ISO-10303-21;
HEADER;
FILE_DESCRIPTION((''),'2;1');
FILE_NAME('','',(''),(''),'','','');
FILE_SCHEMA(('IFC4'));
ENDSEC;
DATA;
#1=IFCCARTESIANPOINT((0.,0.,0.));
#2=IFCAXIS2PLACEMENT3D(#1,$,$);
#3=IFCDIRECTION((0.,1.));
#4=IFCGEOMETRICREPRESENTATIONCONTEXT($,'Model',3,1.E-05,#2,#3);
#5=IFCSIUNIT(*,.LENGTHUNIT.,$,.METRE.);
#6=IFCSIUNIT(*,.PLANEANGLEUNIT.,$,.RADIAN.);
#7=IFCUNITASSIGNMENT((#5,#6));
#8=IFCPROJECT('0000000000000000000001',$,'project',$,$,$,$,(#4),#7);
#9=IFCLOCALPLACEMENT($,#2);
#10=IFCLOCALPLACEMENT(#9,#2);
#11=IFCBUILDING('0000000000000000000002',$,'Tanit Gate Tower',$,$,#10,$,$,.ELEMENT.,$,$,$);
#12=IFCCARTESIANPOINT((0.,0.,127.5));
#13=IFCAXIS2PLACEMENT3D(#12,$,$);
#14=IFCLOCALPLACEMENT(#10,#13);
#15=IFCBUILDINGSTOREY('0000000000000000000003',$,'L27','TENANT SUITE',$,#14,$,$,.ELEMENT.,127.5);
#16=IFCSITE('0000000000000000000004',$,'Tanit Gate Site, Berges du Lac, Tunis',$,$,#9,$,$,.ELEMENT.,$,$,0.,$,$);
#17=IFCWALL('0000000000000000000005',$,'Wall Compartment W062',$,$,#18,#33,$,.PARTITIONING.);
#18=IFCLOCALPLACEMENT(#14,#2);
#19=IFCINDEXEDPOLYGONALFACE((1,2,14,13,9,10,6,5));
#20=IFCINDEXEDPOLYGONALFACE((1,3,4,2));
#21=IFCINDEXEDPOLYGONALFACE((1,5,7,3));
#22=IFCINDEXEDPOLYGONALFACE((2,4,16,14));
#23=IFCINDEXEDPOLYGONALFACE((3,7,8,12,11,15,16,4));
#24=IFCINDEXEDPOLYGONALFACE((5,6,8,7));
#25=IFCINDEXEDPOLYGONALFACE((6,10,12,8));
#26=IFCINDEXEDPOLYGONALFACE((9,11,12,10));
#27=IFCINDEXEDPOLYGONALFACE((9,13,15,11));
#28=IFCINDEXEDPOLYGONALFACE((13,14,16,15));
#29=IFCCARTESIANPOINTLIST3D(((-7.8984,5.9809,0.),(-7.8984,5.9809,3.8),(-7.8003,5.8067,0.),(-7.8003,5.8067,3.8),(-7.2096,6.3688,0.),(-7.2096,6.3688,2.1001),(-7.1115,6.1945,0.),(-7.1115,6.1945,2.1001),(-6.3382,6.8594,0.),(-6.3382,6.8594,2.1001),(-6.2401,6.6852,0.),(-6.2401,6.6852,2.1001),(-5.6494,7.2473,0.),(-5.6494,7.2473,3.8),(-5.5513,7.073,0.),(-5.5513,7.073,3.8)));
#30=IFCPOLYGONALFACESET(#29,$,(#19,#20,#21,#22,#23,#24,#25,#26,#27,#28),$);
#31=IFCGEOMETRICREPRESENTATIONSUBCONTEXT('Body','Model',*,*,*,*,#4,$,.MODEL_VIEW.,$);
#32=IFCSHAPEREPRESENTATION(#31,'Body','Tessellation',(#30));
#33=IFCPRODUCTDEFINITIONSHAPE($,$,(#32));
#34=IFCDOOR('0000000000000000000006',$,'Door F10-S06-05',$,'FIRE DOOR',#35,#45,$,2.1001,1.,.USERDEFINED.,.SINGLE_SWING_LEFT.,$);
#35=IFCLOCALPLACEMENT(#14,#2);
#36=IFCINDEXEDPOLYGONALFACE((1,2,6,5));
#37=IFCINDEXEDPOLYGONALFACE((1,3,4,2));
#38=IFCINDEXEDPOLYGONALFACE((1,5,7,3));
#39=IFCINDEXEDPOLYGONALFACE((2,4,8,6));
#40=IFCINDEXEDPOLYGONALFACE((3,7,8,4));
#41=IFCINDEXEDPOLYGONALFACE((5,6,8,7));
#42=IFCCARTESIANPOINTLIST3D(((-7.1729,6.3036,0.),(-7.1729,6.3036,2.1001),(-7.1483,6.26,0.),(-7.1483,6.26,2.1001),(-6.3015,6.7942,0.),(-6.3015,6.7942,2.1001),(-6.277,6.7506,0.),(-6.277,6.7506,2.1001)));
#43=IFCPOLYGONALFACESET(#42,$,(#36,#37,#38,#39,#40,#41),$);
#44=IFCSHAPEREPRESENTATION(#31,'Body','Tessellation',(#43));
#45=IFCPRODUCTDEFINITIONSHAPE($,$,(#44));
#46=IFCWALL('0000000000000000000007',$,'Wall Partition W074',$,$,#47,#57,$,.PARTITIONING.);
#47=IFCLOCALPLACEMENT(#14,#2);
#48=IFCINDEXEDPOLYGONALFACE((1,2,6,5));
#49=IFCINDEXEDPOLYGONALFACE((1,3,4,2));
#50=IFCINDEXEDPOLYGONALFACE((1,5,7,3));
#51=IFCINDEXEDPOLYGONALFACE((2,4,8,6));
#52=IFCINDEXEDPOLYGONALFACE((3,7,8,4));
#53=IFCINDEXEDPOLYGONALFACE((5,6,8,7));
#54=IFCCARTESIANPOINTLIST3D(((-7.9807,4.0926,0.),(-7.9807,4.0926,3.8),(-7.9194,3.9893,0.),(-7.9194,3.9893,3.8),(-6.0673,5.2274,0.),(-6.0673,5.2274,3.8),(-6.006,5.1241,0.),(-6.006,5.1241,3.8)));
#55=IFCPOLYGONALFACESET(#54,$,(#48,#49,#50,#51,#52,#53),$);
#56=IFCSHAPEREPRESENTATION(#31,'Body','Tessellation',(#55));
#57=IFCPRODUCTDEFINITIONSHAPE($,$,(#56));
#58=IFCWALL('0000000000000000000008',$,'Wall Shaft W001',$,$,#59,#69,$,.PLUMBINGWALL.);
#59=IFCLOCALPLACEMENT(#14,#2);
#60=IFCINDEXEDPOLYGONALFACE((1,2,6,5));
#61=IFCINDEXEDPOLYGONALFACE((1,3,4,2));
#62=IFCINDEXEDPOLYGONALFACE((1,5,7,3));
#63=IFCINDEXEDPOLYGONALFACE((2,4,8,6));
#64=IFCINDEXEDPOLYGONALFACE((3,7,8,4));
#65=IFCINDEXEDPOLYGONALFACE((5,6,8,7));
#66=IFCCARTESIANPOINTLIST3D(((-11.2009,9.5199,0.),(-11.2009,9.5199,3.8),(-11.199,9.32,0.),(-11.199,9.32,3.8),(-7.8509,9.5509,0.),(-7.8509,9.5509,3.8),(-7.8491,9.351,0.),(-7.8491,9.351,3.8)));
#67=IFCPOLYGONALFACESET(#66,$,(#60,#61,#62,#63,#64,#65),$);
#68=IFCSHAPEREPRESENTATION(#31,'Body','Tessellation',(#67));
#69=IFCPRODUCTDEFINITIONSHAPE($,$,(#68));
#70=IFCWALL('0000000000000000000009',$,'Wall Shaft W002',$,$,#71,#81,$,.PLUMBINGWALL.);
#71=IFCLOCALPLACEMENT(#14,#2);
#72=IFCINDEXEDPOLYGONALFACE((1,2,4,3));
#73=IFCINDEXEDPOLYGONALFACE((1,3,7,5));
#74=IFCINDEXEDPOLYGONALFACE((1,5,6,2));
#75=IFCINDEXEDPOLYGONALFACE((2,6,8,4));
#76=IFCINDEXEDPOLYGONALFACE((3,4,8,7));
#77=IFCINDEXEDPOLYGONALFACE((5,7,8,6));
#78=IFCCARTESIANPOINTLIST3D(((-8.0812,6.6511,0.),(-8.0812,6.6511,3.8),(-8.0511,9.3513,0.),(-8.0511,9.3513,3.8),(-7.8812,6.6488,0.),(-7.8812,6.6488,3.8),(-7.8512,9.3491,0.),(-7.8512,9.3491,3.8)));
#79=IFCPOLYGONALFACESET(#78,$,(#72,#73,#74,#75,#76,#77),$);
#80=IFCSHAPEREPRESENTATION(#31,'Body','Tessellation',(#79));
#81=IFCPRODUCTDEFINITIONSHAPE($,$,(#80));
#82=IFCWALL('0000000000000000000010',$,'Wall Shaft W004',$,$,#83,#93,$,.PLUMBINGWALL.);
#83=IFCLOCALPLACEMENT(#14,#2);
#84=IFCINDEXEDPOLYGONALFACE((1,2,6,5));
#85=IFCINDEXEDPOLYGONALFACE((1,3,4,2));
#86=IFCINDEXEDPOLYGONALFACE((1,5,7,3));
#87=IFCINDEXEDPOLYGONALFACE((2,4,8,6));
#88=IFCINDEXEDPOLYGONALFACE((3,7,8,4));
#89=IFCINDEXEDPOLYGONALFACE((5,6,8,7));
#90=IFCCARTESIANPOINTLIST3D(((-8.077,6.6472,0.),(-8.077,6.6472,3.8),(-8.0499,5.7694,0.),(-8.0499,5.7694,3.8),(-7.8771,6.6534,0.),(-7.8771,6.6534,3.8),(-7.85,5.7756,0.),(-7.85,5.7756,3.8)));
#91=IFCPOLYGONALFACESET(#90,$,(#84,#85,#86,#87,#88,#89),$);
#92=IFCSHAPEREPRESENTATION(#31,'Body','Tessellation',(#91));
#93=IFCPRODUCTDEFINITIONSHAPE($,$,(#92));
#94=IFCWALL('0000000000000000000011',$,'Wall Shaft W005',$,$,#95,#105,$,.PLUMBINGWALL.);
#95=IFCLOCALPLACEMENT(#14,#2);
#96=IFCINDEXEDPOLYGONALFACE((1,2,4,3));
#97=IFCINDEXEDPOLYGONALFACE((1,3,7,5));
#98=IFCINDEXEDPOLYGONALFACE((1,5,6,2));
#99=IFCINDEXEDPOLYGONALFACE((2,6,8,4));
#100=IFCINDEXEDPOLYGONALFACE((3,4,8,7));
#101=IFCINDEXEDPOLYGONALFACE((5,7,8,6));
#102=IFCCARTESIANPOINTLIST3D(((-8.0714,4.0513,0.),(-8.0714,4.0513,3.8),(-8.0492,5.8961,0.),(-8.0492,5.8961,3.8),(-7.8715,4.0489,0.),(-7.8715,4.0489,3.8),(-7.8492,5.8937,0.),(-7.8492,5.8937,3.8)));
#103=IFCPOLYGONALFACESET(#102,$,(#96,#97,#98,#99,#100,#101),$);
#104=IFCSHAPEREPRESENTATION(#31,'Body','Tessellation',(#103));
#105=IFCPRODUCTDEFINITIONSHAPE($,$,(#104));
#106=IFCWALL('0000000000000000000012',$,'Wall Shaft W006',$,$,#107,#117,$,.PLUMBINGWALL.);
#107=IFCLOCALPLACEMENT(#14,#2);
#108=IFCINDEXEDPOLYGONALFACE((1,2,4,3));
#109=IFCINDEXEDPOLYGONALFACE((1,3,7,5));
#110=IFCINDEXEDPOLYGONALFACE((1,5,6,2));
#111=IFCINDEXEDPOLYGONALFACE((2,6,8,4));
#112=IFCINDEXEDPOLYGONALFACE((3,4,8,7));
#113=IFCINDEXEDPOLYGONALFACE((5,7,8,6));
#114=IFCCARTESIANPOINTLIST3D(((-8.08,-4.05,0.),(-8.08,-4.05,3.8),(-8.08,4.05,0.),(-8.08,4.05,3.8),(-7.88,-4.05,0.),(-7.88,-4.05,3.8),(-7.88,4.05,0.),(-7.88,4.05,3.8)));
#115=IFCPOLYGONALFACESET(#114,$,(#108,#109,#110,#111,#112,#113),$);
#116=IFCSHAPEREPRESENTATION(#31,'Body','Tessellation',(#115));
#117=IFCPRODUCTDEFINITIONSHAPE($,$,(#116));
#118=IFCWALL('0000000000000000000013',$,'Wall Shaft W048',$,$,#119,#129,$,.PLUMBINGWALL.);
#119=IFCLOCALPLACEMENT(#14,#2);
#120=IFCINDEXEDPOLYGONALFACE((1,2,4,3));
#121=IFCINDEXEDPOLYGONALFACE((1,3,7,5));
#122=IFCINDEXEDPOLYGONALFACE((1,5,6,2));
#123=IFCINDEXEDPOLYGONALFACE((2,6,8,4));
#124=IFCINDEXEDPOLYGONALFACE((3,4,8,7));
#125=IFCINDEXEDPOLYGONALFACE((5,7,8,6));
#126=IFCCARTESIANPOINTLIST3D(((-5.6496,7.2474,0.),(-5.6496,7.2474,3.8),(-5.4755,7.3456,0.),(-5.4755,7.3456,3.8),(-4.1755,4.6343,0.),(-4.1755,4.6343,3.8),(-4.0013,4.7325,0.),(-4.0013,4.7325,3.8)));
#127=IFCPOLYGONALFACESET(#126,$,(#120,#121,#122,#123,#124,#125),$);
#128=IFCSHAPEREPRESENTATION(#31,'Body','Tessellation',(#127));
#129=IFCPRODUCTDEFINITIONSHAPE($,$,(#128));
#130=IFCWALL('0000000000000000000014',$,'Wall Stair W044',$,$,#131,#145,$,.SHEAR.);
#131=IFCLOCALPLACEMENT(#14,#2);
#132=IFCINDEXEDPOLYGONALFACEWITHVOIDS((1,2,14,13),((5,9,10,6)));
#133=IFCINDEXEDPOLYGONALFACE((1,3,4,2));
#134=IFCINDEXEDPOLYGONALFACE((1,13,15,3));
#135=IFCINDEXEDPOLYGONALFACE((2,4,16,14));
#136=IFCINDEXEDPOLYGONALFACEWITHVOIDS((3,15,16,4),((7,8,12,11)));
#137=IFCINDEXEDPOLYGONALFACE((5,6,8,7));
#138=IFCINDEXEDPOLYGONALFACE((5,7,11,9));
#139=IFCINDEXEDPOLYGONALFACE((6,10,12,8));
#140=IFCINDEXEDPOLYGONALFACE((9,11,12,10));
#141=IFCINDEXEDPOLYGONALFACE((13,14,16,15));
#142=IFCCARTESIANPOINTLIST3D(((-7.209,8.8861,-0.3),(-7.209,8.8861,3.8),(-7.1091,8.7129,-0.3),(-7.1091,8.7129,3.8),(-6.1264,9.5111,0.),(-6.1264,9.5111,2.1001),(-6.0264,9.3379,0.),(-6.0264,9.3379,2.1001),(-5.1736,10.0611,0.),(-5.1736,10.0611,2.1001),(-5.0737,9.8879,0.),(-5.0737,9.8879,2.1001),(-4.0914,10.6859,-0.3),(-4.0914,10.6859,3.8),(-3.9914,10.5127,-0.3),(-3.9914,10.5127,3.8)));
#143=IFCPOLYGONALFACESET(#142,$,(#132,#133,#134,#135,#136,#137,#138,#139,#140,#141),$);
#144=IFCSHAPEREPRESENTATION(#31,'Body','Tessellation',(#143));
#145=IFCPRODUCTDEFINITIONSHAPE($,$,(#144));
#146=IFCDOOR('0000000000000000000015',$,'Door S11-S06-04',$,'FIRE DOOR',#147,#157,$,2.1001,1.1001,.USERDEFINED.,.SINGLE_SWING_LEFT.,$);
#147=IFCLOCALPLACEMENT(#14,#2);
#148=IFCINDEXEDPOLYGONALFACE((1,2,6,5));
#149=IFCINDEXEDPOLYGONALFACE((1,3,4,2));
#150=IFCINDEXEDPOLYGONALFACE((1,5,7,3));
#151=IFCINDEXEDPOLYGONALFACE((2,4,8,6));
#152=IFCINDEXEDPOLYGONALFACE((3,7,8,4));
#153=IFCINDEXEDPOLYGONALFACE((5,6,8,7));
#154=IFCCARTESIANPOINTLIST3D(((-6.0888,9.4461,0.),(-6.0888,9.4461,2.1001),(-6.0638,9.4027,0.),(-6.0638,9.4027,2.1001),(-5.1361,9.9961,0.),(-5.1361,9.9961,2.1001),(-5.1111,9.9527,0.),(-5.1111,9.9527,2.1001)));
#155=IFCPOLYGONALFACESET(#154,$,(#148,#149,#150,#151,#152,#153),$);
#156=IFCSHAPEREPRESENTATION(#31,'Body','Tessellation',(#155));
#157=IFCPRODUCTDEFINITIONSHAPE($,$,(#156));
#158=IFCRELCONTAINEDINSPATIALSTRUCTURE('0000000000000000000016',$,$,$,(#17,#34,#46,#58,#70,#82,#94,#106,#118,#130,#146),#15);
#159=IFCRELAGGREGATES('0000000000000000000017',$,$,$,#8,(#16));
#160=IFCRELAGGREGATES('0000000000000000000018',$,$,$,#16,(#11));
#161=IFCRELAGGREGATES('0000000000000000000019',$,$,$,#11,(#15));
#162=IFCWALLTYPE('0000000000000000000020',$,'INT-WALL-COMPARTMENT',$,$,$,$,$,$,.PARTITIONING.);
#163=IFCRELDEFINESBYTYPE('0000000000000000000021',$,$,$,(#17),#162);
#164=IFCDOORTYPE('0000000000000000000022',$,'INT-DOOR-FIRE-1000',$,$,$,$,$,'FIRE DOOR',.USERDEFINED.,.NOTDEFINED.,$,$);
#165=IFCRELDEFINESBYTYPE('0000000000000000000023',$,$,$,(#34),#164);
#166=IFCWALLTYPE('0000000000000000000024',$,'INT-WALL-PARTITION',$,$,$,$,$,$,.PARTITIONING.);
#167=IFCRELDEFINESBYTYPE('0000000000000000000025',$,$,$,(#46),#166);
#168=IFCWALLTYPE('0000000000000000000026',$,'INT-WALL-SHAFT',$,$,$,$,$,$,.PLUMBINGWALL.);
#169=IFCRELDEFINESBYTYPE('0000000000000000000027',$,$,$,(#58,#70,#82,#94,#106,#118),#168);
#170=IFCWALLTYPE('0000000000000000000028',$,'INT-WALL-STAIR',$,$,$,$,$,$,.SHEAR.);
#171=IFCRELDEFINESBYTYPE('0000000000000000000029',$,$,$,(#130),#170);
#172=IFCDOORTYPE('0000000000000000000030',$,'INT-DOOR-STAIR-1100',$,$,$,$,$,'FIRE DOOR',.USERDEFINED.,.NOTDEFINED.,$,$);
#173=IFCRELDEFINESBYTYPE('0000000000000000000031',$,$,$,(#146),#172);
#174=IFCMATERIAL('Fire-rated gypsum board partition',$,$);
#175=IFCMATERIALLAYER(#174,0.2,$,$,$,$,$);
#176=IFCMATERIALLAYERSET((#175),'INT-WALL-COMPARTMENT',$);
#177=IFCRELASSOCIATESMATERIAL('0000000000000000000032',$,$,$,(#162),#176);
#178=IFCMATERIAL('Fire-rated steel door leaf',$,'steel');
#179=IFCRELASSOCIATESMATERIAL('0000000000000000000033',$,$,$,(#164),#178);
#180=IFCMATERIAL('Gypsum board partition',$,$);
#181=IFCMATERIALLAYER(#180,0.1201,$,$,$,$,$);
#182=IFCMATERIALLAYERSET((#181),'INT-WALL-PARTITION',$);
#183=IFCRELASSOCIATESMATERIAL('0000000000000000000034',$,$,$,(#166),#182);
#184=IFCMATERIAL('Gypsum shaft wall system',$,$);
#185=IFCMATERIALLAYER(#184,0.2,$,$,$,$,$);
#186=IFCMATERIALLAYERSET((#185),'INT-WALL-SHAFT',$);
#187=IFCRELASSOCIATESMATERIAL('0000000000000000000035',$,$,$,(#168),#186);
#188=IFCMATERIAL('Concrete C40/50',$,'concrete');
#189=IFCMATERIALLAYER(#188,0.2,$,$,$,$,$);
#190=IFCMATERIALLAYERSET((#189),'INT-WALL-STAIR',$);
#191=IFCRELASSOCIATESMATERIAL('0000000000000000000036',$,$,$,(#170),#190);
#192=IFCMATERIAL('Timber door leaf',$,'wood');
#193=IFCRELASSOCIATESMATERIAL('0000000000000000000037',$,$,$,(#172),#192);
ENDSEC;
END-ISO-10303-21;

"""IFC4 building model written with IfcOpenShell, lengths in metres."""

from ifc_helpers import new_model, si_unit, direction, frame, frame_2d, origin, place, context, subcontext, project, spatial, rectangle, extrude, material, layer, layer_set, type_object, element, fill, save


model = new_model("IFC4")

# Units and contexts
model_context = context("Model", 3, precision=1e-05, world=origin(), true_north=direction((0.0, 1.0)))
body_context = subcontext(model_context, "Body", "Model", "MODEL_VIEW")
ifc_project = project(units=[si_unit("LENGTHUNIT", "METRE"), si_unit("PLANEANGLEUNIT", "RADIAN")], contexts=[model_context])

# Site, building, storey
site_placement = place(None, origin())
site = spatial("IfcSite", under=ifc_project, at=site_placement, Name="Tanit Gate Site, Berges du Lac, Tunis", CompositionType="ELEMENT", RefElevation=0.0)
building_placement = place(site_placement, origin())
building = spatial("IfcBuilding", under=site, at=building_placement, Name="Tanit Gate Tower", CompositionType="ELEMENT")
storey_placement = place(building_placement, frame((0.0, 0.0, 127.5)))
storey = spatial("IfcBuildingStorey", under=building, at=storey_placement, Name="L27", Description="TENANT SUITE", CompositionType="ELEMENT", Elevation=127.5)

# Wall, opening, door
ifc_material_1 = material(Name="Fire-rated gypsum board partition")
ifc_layer_1 = layer(ifc_material_1, 0.2)
ifc_layer_set_1 = layer_set([ifc_layer_1], Name="INT-WALL-COMPARTMENT")
wall_type_1 = type_object("IfcWallType", Name="INT-WALL-COMPARTMENT", PredefinedType="PARTITIONING", material=ifc_layer_set_1)
wall_1_placement = place(storey_placement, frame((-5.6003, 7.1602, 0.0), z_axis=(0.0, 0.0, 1.0), x_axis=(-0.871363, -0.490638, 0.0)))
wall_1 = element("IfcWall", 1, at=wall_1_placement, inside=storey, type_object=wall_type_1, Name="Wall Compartment W062", PredefinedType="PARTITIONING", context=body_context, shape_type="SweptSolid", body=[
    extrude(rectangle(XDim=2.5811, YDim=0.2, at=frame_2d((1.2905, 0.0))), origin(), (0.0, 0.0, 1.0), 3.8),
])
opening_1_placement = place(wall_1_placement, frame((0.7905, 0.0, 0.0)))
opening_1 = element("IfcOpeningElement", 2, at=opening_1_placement, cuts=wall_1, PredefinedType="OPENING", context=body_context, shape_type="SweptSolid", body=[
    extrude(rectangle(XDim=1.0, YDim=2.1001, at=frame_2d((0.5, 1.05))), frame((0.0, 0.1099, 0.0), z_axis=(0.0, -1.0, 0.0), x_axis=(1.0, 0.0, 0.0)), (0.0, 0.0, 1.0), 0.22),
])
ifc_material_2 = material(Name="Fire-rated steel door leaf", Category="steel")
door_type_1 = type_object("IfcDoorType", Name="INT-DOOR-FIRE-1000", ElementType="FIRE DOOR", OperationType="NOTDEFINED", PredefinedType="USERDEFINED", material=ifc_material_2)
door_1_placement = place(opening_1_placement, origin())
door_1 = element("IfcDoor", 3, at=door_1_placement, inside=storey, type_object=door_type_1, Name="Door F10-S06-05", ObjectType="FIRE DOOR", OperationType="SINGLE_SWING_LEFT", OverallHeight=2.1001, OverallWidth=1.0, PredefinedType="USERDEFINED", context=body_context, shape_type="SweptSolid", body=[
    extrude(rectangle(XDim=1.0, YDim=2.1001, at=frame_2d((0.5, 1.05))), frame((0.0, 0.0249, 0.0), z_axis=(0.0, -1.0, 0.0), x_axis=(1.0, 0.0, 0.0)), (0.0, 0.0, 1.0), 0.05),
])
fill(opening_1, door_1)

# Walls
ifc_material_3 = material(Name="Gypsum board partition")
ifc_layer_2 = layer(ifc_material_3, 0.1201)
ifc_layer_set_2 = layer_set([ifc_layer_2], Name="INT-WALL-PARTITION")
wall_type_2 = type_object("IfcWallType", Name="INT-WALL-PARTITION", PredefinedType="PARTITIONING", material=ifc_layer_set_2)
wall_2_placement = place(storey_placement, frame((-6.0366, 5.1758, 0.0), z_axis=(0.0, 0.0, 1.0), x_axis=(-0.860106, -0.510115, 0.0)))
element("IfcWall", 4, at=wall_2_placement, inside=storey, type_object=wall_type_2, Name="Wall Partition W074", PredefinedType="PARTITIONING", context=body_context, shape_type="SweptSolid", body=[
    extrude(rectangle(XDim=2.2246, YDim=0.1201, at=frame_2d((1.1123, 0.0))), origin(), (0.0, 0.0, 1.0), 3.8),
])
ifc_material_4 = material(Name="Gypsum shaft wall system")
ifc_layer_3 = layer(ifc_material_4, 0.2)
ifc_layer_set_3 = layer_set([ifc_layer_3], Name="INT-WALL-SHAFT")
wall_type_3 = type_object("IfcWallType", Name="INT-WALL-SHAFT", PredefinedType="PLUMBINGWALL", material=ifc_layer_set_3)
wall_3_placement = place(storey_placement, frame((-11.2, 9.4199, 0.0), z_axis=(0.0, 0.0, 1.0), x_axis=(0.999957, 0.009255, 0.0)))
element("IfcWall", 5, at=wall_3_placement, inside=storey, type_object=wall_type_3, Name="Wall Shaft W001", PredefinedType="PLUMBINGWALL", context=body_context, shape_type="SweptSolid", body=[
    extrude(rectangle(XDim=3.3501, YDim=0.2, at=frame_2d((1.675, 0.0))), origin(), (0.0, 0.0, 1.0), 3.8),
])
wall_4_placement = place(storey_placement, frame((-7.9512, 9.3501, 0.0), z_axis=(0.0, 0.0, 1.0), x_axis=(-0.01112, -0.999938, 0.0)))
element("IfcWall", 6, at=wall_4_placement, inside=storey, type_object=wall_type_3, Name="Wall Shaft W002", PredefinedType="PLUMBINGWALL", context=body_context, shape_type="SweptSolid", body=[
    extrude(rectangle(XDim=2.7004, YDim=0.2, at=frame_2d((1.3501, 0.0))), origin(), (0.0, 0.0, 1.0), 3.8),
])
wall_5_placement = place(storey_placement, frame((-7.9771, 6.6501, 0.0), z_axis=(0.0, 0.0, 1.0), x_axis=(0.030862, -0.999524, 0.0)))
element("IfcWall", 7, at=wall_5_placement, inside=storey, type_object=wall_type_3, Name="Wall Shaft W004", PredefinedType="PLUMBINGWALL", context=body_context, shape_type="SweptSolid", body=[
    extrude(rectangle(XDim=0.8782, YDim=0.2, at=frame_2d((0.439, 0.0))), origin(), (0.0, 0.0, 1.0), 3.8),
])
wall_6_placement = place(storey_placement, frame((-7.9492, 5.8948, 0.0), z_axis=(0.0, 0.0, 1.0), x_axis=(-0.012043, -0.999927, 0.0)))
element("IfcWall", 8, at=wall_6_placement, inside=storey, type_object=wall_type_3, Name="Wall Shaft W005", PredefinedType="PLUMBINGWALL", context=body_context, shape_type="SweptSolid", body=[
    extrude(rectangle(XDim=1.845, YDim=0.2, at=frame_2d((0.9224, 0.0))), origin(), (0.0, 0.0, 1.0), 3.8),
])
wall_7_placement = place(storey_placement, frame((-7.98, 4.05, 0.0), z_axis=(0.0, 0.0, 1.0), x_axis=(0.0, -1.0, 0.0)))
element("IfcWall", 9, at=wall_7_placement, inside=storey, type_object=wall_type_3, Name="Wall Shaft W006", PredefinedType="PLUMBINGWALL", context=body_context, shape_type="SweptSolid", body=[
    extrude(rectangle(XDim=8.1001, YDim=0.2, at=frame_2d((4.05, 0.0))), origin(), (0.0, 0.0, 1.0), 3.8),
])

# Wall
wall_8_placement = place(storey_placement, frame((-5.5625, 7.2964, 0.0), z_axis=(0.0, 0.0, 1.0), x_axis=(0.491347, -0.870964, 0.0)))
element("IfcWall", 10, at=wall_8_placement, inside=storey, type_object=wall_type_3, Name="Wall Shaft W048", PredefinedType="PLUMBINGWALL", context=body_context, shape_type="SweptSolid", body=[
    extrude(rectangle(XDim=3.0002, YDim=0.2, at=frame_2d((1.5, 0.0))), origin(), (0.0, 0.0, 1.0), 3.8),
])

# Wall, opening, door
ifc_material_5 = material(Name="Concrete C40/50", Category="concrete")
ifc_layer_4 = layer(ifc_material_5, 0.2)
ifc_layer_set_4 = layer_set([ifc_layer_4], Name="INT-WALL-STAIR")
wall_type_4 = type_object("IfcWallType", Name="INT-WALL-STAIR", PredefinedType="SHEAR", material=ifc_layer_set_4)
wall_9_placement = place(storey_placement, frame((-7.1589, 8.7996, -0.3), z_axis=(0.0, 0.0, 1.0), x_axis=(0.866048, 0.499961, 0.0)))
wall_9 = element("IfcWall", 11, at=wall_9_placement, inside=storey, type_object=wall_type_4, Name="Wall Stair W044", PredefinedType="SHEAR", context=body_context, shape_type="SweptSolid", body=[
    extrude(rectangle(XDim=3.5999, YDim=0.2, at=frame_2d((1.7998, 0.0))), origin(), (0.0, 0.0, 1.0), 4.1001),
])
opening_2_placement = place(wall_9_placement, frame((1.25, 0.0, 0.3)))
opening_2 = element("IfcOpeningElement", 12, at=opening_2_placement, cuts=wall_9, PredefinedType="OPENING", context=body_context, shape_type="SweptSolid", body=[
    extrude(rectangle(XDim=1.1001, YDim=2.1001, at=frame_2d((0.55, 1.05))), frame((0.0, 0.1099, 0.0), z_axis=(0.0, -1.0, 0.0), x_axis=(1.0, 0.0, 0.0)), (0.0, 0.0, 1.0), 0.22),
])
ifc_material_6 = material(Name="Timber door leaf", Category="wood")
door_type_2 = type_object("IfcDoorType", Name="INT-DOOR-STAIR-1100", ElementType="FIRE DOOR", OperationType="NOTDEFINED", PredefinedType="USERDEFINED", material=ifc_material_6)
door_2_placement = place(opening_2_placement, origin())
door_2 = element("IfcDoor", 13, at=door_2_placement, inside=storey, type_object=door_type_2, Name="Door S11-S06-04", ObjectType="FIRE DOOR", OperationType="SINGLE_SWING_LEFT", OverallHeight=2.1001, OverallWidth=1.1001, PredefinedType="USERDEFINED", context=body_context, shape_type="SweptSolid", body=[
    extrude(rectangle(XDim=1.1001, YDim=2.1001, at=frame_2d((0.55, 1.05))), frame((0.0, 0.0249, 0.0), z_axis=(0.0, -1.0, 0.0), x_axis=(1.0, 0.0, 0.0)), (0.0, 0.0, 1.0), 0.05),
])
fill(opening_2, door_2)

save(model, "model.ifc")
